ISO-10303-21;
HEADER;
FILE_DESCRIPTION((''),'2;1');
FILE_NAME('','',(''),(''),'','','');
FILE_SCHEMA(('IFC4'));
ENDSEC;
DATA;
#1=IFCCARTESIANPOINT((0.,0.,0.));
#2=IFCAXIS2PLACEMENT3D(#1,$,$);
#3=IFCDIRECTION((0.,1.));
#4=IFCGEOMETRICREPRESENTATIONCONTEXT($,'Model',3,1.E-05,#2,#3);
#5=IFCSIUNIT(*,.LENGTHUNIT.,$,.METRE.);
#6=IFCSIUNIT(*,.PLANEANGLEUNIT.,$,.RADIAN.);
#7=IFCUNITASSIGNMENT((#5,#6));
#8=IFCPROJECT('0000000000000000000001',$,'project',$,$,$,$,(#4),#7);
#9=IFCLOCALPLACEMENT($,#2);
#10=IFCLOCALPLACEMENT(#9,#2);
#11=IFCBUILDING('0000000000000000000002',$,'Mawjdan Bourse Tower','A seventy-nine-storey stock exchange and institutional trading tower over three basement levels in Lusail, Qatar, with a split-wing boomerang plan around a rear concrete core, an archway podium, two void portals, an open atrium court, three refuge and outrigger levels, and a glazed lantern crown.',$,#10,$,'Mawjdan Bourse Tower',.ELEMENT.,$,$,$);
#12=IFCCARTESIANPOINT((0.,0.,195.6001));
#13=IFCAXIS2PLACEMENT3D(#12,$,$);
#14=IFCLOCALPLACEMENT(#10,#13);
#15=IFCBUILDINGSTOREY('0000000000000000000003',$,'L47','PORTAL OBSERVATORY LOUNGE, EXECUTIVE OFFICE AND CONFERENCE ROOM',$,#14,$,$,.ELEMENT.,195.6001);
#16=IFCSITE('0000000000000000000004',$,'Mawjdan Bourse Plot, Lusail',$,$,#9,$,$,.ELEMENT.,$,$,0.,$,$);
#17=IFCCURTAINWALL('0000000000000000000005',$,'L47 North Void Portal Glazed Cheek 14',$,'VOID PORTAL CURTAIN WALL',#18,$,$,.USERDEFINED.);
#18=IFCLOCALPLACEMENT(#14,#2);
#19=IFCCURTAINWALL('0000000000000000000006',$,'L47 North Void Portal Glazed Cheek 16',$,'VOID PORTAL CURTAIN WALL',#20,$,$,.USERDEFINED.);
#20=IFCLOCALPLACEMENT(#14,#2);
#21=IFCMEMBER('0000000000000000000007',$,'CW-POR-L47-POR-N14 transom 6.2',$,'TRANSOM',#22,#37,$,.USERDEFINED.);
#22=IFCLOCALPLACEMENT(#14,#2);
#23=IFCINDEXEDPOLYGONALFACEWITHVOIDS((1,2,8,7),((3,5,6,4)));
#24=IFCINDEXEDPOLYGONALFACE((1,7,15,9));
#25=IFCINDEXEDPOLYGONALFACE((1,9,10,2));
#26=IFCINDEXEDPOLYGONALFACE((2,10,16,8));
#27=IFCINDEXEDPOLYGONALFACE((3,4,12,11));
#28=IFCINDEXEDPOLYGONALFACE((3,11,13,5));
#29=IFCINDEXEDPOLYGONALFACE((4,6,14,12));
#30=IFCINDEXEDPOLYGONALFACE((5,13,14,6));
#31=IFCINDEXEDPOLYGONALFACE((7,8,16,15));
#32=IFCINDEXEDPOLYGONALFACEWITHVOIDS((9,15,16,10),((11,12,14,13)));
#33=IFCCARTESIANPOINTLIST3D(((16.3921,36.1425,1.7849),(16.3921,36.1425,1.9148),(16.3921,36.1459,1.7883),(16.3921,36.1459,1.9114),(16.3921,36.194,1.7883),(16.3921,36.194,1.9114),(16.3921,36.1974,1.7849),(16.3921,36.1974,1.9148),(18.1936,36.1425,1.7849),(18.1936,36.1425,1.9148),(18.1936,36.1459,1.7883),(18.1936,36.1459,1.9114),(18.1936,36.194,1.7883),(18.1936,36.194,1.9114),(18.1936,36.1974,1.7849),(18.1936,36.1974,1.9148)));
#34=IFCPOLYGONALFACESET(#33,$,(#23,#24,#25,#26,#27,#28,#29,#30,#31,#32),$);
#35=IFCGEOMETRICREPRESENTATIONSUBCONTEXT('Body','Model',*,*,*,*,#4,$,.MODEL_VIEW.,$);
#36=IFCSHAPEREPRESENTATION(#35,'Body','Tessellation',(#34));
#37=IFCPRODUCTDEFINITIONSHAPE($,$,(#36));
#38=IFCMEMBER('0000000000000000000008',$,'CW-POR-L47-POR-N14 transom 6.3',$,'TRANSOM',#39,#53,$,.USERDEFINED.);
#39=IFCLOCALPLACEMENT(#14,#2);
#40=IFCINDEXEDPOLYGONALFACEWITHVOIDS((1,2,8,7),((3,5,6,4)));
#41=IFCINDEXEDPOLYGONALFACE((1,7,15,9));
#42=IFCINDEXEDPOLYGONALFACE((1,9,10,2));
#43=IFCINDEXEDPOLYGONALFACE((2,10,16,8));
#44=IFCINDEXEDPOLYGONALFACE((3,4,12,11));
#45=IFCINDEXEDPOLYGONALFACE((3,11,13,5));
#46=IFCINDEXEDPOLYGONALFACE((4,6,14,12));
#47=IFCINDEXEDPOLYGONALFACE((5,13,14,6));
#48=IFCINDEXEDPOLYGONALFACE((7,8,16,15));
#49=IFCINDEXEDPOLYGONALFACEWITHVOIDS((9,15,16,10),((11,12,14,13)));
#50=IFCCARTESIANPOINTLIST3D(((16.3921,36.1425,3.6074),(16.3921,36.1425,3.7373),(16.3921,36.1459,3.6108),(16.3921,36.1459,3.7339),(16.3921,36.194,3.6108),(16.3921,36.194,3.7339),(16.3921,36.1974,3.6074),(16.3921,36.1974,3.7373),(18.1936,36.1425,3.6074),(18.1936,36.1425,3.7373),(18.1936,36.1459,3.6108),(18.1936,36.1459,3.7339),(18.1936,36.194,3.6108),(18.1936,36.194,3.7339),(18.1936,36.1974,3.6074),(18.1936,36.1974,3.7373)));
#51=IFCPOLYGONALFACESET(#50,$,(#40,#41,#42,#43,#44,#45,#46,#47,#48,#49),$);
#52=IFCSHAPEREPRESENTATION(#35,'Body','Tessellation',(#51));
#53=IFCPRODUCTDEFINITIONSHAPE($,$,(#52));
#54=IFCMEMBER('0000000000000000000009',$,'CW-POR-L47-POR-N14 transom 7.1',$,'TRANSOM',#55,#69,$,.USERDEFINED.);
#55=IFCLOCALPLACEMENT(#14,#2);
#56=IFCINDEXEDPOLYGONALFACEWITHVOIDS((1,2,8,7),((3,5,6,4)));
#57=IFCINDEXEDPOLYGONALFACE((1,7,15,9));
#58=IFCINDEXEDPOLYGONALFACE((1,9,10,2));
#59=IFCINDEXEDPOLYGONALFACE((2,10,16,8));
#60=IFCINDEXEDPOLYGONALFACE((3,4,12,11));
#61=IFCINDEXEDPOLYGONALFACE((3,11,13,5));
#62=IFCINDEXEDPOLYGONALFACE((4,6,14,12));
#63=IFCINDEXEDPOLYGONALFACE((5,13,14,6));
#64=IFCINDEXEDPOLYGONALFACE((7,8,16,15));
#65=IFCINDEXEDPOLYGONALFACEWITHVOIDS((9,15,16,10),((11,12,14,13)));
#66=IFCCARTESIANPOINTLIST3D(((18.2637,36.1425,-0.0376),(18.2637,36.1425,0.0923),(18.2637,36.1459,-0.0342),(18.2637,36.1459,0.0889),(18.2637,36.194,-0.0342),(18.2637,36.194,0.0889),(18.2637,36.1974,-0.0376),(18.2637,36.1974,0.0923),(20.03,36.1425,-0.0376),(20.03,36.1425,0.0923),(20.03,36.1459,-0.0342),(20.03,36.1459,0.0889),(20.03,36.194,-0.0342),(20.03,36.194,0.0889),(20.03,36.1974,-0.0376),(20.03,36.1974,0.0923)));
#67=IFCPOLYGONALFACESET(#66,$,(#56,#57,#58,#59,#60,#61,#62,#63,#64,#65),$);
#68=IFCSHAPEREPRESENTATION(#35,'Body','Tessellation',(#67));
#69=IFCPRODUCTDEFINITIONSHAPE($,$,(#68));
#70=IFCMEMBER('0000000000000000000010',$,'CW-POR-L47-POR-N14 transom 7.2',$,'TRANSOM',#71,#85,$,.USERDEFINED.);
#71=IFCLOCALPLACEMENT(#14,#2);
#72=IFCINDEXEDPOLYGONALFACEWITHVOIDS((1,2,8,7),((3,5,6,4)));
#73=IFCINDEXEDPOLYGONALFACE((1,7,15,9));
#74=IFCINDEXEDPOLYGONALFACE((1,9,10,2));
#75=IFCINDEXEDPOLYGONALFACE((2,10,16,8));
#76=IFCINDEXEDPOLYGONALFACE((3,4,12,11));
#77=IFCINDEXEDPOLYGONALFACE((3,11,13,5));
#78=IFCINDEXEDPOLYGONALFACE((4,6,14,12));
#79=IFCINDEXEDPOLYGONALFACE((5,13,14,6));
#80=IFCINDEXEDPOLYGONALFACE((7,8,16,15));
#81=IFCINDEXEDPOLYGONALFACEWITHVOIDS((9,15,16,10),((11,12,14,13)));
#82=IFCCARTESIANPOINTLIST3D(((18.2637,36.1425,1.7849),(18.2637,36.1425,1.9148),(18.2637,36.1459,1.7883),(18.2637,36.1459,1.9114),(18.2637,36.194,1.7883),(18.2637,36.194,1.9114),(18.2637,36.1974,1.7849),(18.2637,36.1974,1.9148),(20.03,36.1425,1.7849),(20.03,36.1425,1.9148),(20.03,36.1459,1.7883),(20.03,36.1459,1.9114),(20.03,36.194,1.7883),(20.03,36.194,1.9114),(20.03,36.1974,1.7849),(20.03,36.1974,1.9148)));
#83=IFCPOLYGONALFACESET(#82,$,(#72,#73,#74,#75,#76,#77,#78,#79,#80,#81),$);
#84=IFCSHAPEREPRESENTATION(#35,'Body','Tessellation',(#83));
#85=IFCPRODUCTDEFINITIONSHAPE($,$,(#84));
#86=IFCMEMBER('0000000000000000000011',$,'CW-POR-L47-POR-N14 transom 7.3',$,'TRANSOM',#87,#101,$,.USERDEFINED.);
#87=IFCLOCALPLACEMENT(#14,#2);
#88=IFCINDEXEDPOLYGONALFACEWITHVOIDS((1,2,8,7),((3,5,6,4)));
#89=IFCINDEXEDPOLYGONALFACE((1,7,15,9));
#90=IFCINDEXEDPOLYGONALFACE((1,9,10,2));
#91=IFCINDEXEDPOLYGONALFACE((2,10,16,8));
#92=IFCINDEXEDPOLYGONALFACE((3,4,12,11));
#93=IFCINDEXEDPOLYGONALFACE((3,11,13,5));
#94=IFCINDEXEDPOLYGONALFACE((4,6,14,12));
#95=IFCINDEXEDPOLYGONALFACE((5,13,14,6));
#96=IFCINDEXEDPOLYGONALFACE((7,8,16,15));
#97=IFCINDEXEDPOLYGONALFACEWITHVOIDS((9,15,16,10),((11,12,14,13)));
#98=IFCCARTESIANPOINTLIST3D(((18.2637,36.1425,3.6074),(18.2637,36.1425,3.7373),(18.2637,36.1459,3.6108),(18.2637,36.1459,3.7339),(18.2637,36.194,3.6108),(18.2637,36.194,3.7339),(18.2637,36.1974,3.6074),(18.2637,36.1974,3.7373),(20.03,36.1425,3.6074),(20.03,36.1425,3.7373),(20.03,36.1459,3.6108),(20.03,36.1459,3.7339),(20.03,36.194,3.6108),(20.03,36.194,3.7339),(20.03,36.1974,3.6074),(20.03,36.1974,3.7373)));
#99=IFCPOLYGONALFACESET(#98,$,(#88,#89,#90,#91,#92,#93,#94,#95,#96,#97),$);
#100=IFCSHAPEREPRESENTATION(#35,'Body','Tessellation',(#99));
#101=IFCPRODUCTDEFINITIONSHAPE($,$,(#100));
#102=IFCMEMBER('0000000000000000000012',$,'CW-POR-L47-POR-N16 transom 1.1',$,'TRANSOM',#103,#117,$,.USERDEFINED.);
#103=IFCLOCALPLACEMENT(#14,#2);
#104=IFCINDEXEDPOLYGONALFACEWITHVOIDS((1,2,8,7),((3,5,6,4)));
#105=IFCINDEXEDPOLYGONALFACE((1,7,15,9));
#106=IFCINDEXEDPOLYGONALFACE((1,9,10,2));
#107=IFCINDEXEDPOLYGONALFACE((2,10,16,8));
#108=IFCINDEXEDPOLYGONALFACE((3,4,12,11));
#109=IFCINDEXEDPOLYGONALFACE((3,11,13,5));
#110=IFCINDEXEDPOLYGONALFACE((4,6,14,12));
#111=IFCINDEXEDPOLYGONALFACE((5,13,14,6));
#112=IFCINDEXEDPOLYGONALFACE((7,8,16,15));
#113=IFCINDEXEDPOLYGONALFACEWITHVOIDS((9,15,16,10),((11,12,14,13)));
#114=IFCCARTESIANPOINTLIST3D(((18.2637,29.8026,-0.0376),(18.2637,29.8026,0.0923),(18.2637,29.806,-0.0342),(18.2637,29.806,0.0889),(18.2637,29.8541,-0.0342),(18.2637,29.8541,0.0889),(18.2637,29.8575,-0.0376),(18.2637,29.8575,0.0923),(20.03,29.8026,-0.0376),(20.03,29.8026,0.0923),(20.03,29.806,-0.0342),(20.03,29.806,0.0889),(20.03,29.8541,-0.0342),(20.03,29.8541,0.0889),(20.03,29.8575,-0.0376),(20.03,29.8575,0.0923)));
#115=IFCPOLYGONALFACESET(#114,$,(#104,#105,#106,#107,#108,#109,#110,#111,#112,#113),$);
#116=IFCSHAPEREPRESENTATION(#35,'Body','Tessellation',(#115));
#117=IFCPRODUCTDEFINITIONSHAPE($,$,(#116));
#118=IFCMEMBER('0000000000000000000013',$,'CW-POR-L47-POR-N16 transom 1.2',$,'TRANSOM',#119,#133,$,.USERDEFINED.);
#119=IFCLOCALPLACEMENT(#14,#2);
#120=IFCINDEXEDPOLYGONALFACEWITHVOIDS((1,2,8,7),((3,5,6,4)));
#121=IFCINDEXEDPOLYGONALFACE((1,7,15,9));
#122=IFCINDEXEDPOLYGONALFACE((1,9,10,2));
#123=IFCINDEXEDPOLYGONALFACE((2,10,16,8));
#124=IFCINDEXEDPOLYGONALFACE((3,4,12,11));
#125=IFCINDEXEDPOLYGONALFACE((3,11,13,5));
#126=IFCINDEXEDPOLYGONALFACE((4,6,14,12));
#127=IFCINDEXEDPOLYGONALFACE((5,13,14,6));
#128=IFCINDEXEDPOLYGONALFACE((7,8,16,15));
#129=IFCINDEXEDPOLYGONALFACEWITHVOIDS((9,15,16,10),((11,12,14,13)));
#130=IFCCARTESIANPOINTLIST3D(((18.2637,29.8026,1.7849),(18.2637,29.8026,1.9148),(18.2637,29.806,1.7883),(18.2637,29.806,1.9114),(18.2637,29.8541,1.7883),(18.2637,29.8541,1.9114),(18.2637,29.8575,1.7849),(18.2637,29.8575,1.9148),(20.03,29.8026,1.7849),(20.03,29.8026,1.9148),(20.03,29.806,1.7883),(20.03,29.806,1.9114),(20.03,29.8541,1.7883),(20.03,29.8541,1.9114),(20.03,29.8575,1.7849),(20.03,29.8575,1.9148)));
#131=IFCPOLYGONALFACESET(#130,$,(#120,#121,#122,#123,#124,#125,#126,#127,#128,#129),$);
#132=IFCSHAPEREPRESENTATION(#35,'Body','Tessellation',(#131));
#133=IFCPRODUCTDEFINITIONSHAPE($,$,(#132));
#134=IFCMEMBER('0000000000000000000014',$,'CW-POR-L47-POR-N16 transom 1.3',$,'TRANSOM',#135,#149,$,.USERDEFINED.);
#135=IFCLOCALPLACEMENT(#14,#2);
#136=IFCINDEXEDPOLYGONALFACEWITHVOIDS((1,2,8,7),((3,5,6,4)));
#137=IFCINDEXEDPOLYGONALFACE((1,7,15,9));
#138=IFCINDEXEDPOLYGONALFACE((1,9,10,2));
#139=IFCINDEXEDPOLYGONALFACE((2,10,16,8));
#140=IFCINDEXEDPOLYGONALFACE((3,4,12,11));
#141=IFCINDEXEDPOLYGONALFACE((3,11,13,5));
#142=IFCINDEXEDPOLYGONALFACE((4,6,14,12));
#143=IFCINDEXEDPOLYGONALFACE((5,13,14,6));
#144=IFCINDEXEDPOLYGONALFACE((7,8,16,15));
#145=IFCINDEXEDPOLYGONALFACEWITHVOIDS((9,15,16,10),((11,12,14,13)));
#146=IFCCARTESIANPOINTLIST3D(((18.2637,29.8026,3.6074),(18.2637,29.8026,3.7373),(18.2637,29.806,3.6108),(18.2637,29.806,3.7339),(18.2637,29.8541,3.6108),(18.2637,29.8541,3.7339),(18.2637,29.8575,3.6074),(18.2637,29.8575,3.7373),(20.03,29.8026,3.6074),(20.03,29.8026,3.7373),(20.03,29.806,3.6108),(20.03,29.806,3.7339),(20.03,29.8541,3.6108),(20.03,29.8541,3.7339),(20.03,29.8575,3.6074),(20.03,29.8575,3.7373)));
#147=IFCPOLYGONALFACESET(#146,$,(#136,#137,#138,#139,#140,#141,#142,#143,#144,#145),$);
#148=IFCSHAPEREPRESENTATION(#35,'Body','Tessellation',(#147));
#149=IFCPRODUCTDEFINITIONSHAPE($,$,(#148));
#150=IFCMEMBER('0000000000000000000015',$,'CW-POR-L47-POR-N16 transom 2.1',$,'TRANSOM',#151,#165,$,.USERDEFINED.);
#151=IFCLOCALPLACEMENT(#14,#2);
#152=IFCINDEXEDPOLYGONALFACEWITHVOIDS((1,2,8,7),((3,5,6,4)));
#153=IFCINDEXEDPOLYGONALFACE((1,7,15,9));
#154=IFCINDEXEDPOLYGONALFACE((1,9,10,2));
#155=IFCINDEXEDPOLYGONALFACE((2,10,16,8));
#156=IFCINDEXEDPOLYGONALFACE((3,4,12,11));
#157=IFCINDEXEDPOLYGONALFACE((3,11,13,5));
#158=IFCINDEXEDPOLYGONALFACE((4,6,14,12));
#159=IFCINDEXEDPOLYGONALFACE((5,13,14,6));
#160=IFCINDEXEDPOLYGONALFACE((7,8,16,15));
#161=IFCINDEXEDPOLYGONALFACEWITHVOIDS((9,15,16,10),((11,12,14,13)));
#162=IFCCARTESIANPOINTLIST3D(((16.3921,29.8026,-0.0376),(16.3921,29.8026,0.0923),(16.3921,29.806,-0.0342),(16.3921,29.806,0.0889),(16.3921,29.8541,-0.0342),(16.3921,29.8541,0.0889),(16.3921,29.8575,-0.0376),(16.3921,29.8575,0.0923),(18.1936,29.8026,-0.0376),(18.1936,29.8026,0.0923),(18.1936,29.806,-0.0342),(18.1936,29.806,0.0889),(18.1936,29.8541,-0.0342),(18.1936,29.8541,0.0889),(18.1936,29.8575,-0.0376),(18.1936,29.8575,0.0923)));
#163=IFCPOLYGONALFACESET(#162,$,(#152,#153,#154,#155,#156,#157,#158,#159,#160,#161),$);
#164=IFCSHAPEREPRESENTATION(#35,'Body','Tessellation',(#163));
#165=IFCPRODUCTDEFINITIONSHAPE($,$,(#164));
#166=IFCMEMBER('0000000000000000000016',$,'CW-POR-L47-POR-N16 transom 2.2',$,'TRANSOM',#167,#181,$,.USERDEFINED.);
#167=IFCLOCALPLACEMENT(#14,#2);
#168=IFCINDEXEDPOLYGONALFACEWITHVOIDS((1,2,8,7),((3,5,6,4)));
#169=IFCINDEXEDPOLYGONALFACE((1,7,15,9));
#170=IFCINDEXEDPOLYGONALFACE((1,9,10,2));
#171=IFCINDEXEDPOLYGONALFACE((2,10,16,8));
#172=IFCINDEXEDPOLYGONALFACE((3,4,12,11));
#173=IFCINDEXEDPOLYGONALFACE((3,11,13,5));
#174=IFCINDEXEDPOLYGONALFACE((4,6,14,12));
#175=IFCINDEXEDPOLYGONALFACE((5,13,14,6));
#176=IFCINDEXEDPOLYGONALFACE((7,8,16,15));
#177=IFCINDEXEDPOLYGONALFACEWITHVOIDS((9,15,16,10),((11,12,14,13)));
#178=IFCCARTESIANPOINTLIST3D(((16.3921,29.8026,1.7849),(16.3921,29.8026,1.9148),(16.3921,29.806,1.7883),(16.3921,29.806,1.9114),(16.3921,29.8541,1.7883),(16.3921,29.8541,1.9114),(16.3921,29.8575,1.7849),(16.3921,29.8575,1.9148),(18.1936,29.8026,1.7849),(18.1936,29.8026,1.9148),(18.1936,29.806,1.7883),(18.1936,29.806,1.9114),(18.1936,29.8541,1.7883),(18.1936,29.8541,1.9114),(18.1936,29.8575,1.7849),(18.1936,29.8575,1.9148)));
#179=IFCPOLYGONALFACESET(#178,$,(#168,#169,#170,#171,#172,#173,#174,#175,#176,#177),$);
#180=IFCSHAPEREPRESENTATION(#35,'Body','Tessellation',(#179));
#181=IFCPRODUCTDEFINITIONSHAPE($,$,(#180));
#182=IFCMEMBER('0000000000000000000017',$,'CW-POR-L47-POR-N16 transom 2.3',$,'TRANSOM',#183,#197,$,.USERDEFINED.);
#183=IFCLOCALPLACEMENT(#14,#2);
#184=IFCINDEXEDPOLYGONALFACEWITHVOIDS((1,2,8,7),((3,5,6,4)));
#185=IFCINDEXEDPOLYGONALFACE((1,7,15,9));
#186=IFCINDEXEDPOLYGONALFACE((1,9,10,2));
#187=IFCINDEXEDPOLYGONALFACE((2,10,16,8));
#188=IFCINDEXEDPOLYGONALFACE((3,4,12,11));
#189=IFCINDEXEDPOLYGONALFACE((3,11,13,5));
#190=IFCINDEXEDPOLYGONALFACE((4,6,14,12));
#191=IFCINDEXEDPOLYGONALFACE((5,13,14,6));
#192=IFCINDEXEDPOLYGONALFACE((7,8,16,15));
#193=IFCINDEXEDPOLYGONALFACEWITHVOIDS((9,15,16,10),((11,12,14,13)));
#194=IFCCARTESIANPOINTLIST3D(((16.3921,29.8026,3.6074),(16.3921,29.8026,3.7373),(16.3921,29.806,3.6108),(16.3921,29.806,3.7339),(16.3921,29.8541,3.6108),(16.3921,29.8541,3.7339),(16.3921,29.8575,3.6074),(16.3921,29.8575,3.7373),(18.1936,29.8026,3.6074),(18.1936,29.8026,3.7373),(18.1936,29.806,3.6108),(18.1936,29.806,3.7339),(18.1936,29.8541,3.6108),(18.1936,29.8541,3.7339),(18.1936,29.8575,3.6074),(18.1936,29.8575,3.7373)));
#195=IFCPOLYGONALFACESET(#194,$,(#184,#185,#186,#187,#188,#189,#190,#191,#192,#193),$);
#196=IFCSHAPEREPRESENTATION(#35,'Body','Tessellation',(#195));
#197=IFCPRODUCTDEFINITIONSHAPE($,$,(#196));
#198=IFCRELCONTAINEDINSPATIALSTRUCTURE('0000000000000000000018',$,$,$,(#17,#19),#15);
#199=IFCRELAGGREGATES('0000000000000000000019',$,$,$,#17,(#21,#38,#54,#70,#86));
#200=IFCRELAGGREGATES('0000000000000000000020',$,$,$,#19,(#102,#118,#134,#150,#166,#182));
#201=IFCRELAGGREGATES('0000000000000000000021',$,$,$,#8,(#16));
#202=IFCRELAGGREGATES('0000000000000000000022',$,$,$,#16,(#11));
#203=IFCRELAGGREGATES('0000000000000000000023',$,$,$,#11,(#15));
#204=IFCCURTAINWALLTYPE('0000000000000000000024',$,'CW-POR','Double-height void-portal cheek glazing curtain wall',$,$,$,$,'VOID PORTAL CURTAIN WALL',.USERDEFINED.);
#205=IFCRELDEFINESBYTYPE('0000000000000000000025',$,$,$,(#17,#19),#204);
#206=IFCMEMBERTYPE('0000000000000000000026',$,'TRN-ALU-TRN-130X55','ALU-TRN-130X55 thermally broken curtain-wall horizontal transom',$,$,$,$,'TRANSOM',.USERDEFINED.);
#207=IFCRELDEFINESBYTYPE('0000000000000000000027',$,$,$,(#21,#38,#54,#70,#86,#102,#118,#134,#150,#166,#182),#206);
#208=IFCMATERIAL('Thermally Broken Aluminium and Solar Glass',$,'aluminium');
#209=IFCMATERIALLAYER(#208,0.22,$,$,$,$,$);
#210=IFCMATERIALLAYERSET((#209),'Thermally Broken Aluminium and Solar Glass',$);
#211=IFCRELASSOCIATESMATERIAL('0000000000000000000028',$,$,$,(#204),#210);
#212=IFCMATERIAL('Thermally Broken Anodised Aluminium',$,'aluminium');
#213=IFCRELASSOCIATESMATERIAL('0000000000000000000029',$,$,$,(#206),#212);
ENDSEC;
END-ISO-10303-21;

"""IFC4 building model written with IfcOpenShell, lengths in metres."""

from ifc_helpers import new_model, si_unit, direction, frame, origin, origin_2d, place, context, subcontext, project, spatial, hollow_rectangle, extrude, material, layer, layer_set, material_profile, profile_set, type_object, element, aggregate, save


model = new_model("IFC4")

# Units and contexts
model_context = context("Model", 3, precision=1e-05, world=origin(), true_north=direction((0.0, 1.0)))
body_context = subcontext(model_context, "Body", "Model", "MODEL_VIEW")
ifc_project = project(units=[si_unit("LENGTHUNIT", "METRE"), si_unit("PLANEANGLEUNIT", "RADIAN")], contexts=[model_context])

# Site, building, storey
site_placement = place(None, origin())
site = spatial("IfcSite", under=ifc_project, at=site_placement, Name="Mawjdan Bourse Plot, Lusail", CompositionType="ELEMENT", RefElevation=0.0)
building_placement = place(site_placement, origin())
building = spatial("IfcBuilding", under=site, at=building_placement, Name="Mawjdan Bourse Tower", Description="A seventy-nine-storey stock exchange and institutional trading tower over three basement levels in Lusail, Qatar, with a split-wing boomerang plan around a rear concrete core, an archway podium, two void portals, an open atrium court, three refuge and outrigger levels, and a glazed lantern crown.", LongName="Mawjdan Bourse Tower", CompositionType="ELEMENT")
storey_placement = place(building_placement, frame((0.0, 0.0, 195.6001)))
storey = spatial("IfcBuildingStorey", under=building, at=storey_placement, Name="L47", Description="PORTAL OBSERVATORY LOUNGE, EXECUTIVE OFFICE AND CONFERENCE ROOM", CompositionType="ELEMENT", Elevation=195.6001)

# Curtain walls
ifc_material_1 = material(Name="Thermally Broken Aluminium and Solar Glass", Category="aluminium")
ifc_layer_1 = layer(ifc_material_1, 0.22)
ifc_layer_set_1 = layer_set([ifc_layer_1], Name="Thermally Broken Aluminium and Solar Glass")
curtain_wall_type = type_object("IfcCurtainWallType", Name="CW-POR", Description="Double-height void-portal cheek glazing curtain wall", ElementType="VOID PORTAL CURTAIN WALL", PredefinedType="USERDEFINED", material=ifc_layer_set_1)
curtain_wall_1_placement = place(storey_placement, origin())
curtain_wall_1 = element("IfcCurtainWall", 1, at=curtain_wall_1_placement, inside=storey, type_object=curtain_wall_type, Name="L47 North Void Portal Glazed Cheek 14", ObjectType="VOID PORTAL CURTAIN WALL", PredefinedType="USERDEFINED")
ifc_material_2 = material(Name="Thermally Broken Anodised Aluminium", Category="aluminium")
curtain_wall_2_placement = place(storey_placement, origin())
curtain_wall_2 = element("IfcCurtainWall", 2, at=curtain_wall_2_placement, inside=storey, type_object=curtain_wall_type, Name="L47 North Void Portal Glazed Cheek 16", ObjectType="VOID PORTAL CURTAIN WALL", PredefinedType="USERDEFINED")

# Members
ifc_material_profile_1 = material_profile(ifc_material_2, hollow_rectangle(XDim=0.0549, YDim=0.1299, WallThickness=0.0034, at=origin_2d()), Name="ALU-TRN-130X55")
ifc_profile_set_1 = profile_set([ifc_material_profile_1], Name="Thermally Broken Anodised Aluminium")
member_type_1 = type_object("IfcMemberType", Name="TRN-ALU-TRN-130X55", Description="ALU-TRN-130X55 thermally broken curtain-wall horizontal transom", ElementType="TRANSOM", PredefinedType="USERDEFINED", material=ifc_profile_set_1)
member_1_placement = place(storey_placement, frame((16.3921, 36.1699, 1.8499), z_axis=(1.0, 0.0, 0.0), x_axis=(0.0, 1.0, 0.0)))
member_1 = element("IfcMember", 3, at=member_1_placement, type_object=member_type_1, Name="CW-POR-L47-POR-N14 transom 6.2", ObjectType="TRANSOM", PredefinedType="USERDEFINED", context=body_context, shape_type="SweptSolid", body=[
    extrude(hollow_rectangle(XDim=0.0549, YDim=0.1299, WallThickness=0.0034, at=origin_2d()), origin(), (0.0, 0.0, 1.0), 1.8015),
])
member_2_placement = place(storey_placement, frame((16.3921, 36.1699, 3.6724), z_axis=(1.0, 0.0, 0.0), x_axis=(0.0, 1.0, 0.0)))
member_2 = element("IfcMember", 4, at=member_2_placement, type_object=member_type_1, Name="CW-POR-L47-POR-N14 transom 6.3", ObjectType="TRANSOM", PredefinedType="USERDEFINED", context=body_context, shape_type="SweptSolid", body=[
    extrude(hollow_rectangle(XDim=0.0549, YDim=0.1299, WallThickness=0.0034, at=origin_2d()), origin(), (0.0, 0.0, 1.0), 1.8015),
])
member_3_placement = place(storey_placement, frame((18.2637, 36.1699, 0.0273), z_axis=(1.0, 0.0, 0.0), x_axis=(0.0, 1.0, 0.0)))
member_3 = element("IfcMember", 5, at=member_3_placement, type_object=member_type_1, Name="CW-POR-L47-POR-N14 transom 7.1", ObjectType="TRANSOM", PredefinedType="USERDEFINED", context=body_context, shape_type="SweptSolid", body=[
    extrude(hollow_rectangle(XDim=0.0549, YDim=0.1299, WallThickness=0.0034, at=origin_2d()), origin(), (0.0, 0.0, 1.0), 1.7664),
])
member_4_placement = place(storey_placement, frame((18.2637, 36.1699, 1.8499), z_axis=(1.0, 0.0, 0.0), x_axis=(0.0, 1.0, 0.0)))
member_4 = element("IfcMember", 6, at=member_4_placement, type_object=member_type_1, Name="CW-POR-L47-POR-N14 transom 7.2", ObjectType="TRANSOM", PredefinedType="USERDEFINED", context=body_context, shape_type="SweptSolid", body=[
    extrude(hollow_rectangle(XDim=0.0549, YDim=0.1299, WallThickness=0.0034, at=origin_2d()), origin(), (0.0, 0.0, 1.0), 1.7664),
])
member_5_placement = place(storey_placement, frame((18.2637, 36.1699, 3.6724), z_axis=(1.0, 0.0, 0.0), x_axis=(0.0, 1.0, 0.0)))
member_5 = element("IfcMember", 7, at=member_5_placement, type_object=member_type_1, Name="CW-POR-L47-POR-N14 transom 7.3", ObjectType="TRANSOM", PredefinedType="USERDEFINED", context=body_context, shape_type="SweptSolid", body=[
    extrude(hollow_rectangle(XDim=0.0549, YDim=0.1299, WallThickness=0.0034, at=origin_2d()), origin(), (0.0, 0.0, 1.0), 1.7664),
])
member_6_placement = place(storey_placement, frame((20.03, 29.8301, 0.0273), z_axis=(-1.0, 0.0, 0.0), x_axis=(0.0, -1.0, 0.0)))
member_6 = element("IfcMember", 8, at=member_6_placement, type_object=member_type_1, Name="CW-POR-L47-POR-N16 transom 1.1", ObjectType="TRANSOM", PredefinedType="USERDEFINED", context=body_context, shape_type="SweptSolid", body=[
    extrude(hollow_rectangle(XDim=0.0549, YDim=0.1299, WallThickness=0.0034, at=origin_2d()), origin(), (0.0, 0.0, 1.0), 1.7664),
])
member_7_placement = place(storey_placement, frame((20.03, 29.8301, 1.8499), z_axis=(-1.0, 0.0, 0.0), x_axis=(0.0, -1.0, 0.0)))
member_7 = element("IfcMember", 9, at=member_7_placement, type_object=member_type_1, Name="CW-POR-L47-POR-N16 transom 1.2", ObjectType="TRANSOM", PredefinedType="USERDEFINED", context=body_context, shape_type="SweptSolid", body=[
    extrude(hollow_rectangle(XDim=0.0549, YDim=0.1299, WallThickness=0.0034, at=origin_2d()), origin(), (0.0, 0.0, 1.0), 1.7664),
])
member_8_placement = place(storey_placement, frame((20.03, 29.8301, 3.6724), z_axis=(-1.0, 0.0, 0.0), x_axis=(0.0, -1.0, 0.0)))
member_8 = element("IfcMember", 10, at=member_8_placement, type_object=member_type_1, Name="CW-POR-L47-POR-N16 transom 1.3", ObjectType="TRANSOM", PredefinedType="USERDEFINED", context=body_context, shape_type="SweptSolid", body=[
    extrude(hollow_rectangle(XDim=0.0549, YDim=0.1299, WallThickness=0.0034, at=origin_2d()), origin(), (0.0, 0.0, 1.0), 1.7664),
])
member_9_placement = place(storey_placement, frame((18.1936, 29.8301, 0.0273), z_axis=(-1.0, 0.0, 0.0), x_axis=(0.0, -1.0, 0.0)))
member_9 = element("IfcMember", 11, at=member_9_placement, type_object=member_type_1, Name="CW-POR-L47-POR-N16 transom 2.1", ObjectType="TRANSOM", PredefinedType="USERDEFINED", context=body_context, shape_type="SweptSolid", body=[
    extrude(hollow_rectangle(XDim=0.0549, YDim=0.1299, WallThickness=0.0034, at=origin_2d()), origin(), (0.0, 0.0, 1.0), 1.8015),
])
member_10_placement = place(storey_placement, frame((18.1936, 29.8301, 1.8499), z_axis=(-1.0, 0.0, 0.0), x_axis=(0.0, -1.0, 0.0)))
member_10 = element("IfcMember", 12, at=member_10_placement, type_object=member_type_1, Name="CW-POR-L47-POR-N16 transom 2.2", ObjectType="TRANSOM", PredefinedType="USERDEFINED", context=body_context, shape_type="SweptSolid", body=[
    extrude(hollow_rectangle(XDim=0.0549, YDim=0.1299, WallThickness=0.0034, at=origin_2d()), origin(), (0.0, 0.0, 1.0), 1.8015),
])
member_11_placement = place(storey_placement, frame((18.1936, 29.8301, 3.6724), z_axis=(-1.0, 0.0, 0.0), x_axis=(0.0, -1.0, 0.0)))
member_11 = element("IfcMember", 13, at=member_11_placement, type_object=member_type_1, Name="CW-POR-L47-POR-N16 transom 2.3", ObjectType="TRANSOM", PredefinedType="USERDEFINED", context=body_context, shape_type="SweptSolid", body=[
    extrude(hollow_rectangle(XDim=0.0549, YDim=0.1299, WallThickness=0.0034, at=origin_2d()), origin(), (0.0, 0.0, 1.0), 1.8015),
])

aggregate(curtain_wall_1, [member_1, member_2, member_3, member_4, member_5])
aggregate(curtain_wall_2, [member_6, member_7, member_8, member_9, member_10, member_11])

save(model, "model.ifc")
